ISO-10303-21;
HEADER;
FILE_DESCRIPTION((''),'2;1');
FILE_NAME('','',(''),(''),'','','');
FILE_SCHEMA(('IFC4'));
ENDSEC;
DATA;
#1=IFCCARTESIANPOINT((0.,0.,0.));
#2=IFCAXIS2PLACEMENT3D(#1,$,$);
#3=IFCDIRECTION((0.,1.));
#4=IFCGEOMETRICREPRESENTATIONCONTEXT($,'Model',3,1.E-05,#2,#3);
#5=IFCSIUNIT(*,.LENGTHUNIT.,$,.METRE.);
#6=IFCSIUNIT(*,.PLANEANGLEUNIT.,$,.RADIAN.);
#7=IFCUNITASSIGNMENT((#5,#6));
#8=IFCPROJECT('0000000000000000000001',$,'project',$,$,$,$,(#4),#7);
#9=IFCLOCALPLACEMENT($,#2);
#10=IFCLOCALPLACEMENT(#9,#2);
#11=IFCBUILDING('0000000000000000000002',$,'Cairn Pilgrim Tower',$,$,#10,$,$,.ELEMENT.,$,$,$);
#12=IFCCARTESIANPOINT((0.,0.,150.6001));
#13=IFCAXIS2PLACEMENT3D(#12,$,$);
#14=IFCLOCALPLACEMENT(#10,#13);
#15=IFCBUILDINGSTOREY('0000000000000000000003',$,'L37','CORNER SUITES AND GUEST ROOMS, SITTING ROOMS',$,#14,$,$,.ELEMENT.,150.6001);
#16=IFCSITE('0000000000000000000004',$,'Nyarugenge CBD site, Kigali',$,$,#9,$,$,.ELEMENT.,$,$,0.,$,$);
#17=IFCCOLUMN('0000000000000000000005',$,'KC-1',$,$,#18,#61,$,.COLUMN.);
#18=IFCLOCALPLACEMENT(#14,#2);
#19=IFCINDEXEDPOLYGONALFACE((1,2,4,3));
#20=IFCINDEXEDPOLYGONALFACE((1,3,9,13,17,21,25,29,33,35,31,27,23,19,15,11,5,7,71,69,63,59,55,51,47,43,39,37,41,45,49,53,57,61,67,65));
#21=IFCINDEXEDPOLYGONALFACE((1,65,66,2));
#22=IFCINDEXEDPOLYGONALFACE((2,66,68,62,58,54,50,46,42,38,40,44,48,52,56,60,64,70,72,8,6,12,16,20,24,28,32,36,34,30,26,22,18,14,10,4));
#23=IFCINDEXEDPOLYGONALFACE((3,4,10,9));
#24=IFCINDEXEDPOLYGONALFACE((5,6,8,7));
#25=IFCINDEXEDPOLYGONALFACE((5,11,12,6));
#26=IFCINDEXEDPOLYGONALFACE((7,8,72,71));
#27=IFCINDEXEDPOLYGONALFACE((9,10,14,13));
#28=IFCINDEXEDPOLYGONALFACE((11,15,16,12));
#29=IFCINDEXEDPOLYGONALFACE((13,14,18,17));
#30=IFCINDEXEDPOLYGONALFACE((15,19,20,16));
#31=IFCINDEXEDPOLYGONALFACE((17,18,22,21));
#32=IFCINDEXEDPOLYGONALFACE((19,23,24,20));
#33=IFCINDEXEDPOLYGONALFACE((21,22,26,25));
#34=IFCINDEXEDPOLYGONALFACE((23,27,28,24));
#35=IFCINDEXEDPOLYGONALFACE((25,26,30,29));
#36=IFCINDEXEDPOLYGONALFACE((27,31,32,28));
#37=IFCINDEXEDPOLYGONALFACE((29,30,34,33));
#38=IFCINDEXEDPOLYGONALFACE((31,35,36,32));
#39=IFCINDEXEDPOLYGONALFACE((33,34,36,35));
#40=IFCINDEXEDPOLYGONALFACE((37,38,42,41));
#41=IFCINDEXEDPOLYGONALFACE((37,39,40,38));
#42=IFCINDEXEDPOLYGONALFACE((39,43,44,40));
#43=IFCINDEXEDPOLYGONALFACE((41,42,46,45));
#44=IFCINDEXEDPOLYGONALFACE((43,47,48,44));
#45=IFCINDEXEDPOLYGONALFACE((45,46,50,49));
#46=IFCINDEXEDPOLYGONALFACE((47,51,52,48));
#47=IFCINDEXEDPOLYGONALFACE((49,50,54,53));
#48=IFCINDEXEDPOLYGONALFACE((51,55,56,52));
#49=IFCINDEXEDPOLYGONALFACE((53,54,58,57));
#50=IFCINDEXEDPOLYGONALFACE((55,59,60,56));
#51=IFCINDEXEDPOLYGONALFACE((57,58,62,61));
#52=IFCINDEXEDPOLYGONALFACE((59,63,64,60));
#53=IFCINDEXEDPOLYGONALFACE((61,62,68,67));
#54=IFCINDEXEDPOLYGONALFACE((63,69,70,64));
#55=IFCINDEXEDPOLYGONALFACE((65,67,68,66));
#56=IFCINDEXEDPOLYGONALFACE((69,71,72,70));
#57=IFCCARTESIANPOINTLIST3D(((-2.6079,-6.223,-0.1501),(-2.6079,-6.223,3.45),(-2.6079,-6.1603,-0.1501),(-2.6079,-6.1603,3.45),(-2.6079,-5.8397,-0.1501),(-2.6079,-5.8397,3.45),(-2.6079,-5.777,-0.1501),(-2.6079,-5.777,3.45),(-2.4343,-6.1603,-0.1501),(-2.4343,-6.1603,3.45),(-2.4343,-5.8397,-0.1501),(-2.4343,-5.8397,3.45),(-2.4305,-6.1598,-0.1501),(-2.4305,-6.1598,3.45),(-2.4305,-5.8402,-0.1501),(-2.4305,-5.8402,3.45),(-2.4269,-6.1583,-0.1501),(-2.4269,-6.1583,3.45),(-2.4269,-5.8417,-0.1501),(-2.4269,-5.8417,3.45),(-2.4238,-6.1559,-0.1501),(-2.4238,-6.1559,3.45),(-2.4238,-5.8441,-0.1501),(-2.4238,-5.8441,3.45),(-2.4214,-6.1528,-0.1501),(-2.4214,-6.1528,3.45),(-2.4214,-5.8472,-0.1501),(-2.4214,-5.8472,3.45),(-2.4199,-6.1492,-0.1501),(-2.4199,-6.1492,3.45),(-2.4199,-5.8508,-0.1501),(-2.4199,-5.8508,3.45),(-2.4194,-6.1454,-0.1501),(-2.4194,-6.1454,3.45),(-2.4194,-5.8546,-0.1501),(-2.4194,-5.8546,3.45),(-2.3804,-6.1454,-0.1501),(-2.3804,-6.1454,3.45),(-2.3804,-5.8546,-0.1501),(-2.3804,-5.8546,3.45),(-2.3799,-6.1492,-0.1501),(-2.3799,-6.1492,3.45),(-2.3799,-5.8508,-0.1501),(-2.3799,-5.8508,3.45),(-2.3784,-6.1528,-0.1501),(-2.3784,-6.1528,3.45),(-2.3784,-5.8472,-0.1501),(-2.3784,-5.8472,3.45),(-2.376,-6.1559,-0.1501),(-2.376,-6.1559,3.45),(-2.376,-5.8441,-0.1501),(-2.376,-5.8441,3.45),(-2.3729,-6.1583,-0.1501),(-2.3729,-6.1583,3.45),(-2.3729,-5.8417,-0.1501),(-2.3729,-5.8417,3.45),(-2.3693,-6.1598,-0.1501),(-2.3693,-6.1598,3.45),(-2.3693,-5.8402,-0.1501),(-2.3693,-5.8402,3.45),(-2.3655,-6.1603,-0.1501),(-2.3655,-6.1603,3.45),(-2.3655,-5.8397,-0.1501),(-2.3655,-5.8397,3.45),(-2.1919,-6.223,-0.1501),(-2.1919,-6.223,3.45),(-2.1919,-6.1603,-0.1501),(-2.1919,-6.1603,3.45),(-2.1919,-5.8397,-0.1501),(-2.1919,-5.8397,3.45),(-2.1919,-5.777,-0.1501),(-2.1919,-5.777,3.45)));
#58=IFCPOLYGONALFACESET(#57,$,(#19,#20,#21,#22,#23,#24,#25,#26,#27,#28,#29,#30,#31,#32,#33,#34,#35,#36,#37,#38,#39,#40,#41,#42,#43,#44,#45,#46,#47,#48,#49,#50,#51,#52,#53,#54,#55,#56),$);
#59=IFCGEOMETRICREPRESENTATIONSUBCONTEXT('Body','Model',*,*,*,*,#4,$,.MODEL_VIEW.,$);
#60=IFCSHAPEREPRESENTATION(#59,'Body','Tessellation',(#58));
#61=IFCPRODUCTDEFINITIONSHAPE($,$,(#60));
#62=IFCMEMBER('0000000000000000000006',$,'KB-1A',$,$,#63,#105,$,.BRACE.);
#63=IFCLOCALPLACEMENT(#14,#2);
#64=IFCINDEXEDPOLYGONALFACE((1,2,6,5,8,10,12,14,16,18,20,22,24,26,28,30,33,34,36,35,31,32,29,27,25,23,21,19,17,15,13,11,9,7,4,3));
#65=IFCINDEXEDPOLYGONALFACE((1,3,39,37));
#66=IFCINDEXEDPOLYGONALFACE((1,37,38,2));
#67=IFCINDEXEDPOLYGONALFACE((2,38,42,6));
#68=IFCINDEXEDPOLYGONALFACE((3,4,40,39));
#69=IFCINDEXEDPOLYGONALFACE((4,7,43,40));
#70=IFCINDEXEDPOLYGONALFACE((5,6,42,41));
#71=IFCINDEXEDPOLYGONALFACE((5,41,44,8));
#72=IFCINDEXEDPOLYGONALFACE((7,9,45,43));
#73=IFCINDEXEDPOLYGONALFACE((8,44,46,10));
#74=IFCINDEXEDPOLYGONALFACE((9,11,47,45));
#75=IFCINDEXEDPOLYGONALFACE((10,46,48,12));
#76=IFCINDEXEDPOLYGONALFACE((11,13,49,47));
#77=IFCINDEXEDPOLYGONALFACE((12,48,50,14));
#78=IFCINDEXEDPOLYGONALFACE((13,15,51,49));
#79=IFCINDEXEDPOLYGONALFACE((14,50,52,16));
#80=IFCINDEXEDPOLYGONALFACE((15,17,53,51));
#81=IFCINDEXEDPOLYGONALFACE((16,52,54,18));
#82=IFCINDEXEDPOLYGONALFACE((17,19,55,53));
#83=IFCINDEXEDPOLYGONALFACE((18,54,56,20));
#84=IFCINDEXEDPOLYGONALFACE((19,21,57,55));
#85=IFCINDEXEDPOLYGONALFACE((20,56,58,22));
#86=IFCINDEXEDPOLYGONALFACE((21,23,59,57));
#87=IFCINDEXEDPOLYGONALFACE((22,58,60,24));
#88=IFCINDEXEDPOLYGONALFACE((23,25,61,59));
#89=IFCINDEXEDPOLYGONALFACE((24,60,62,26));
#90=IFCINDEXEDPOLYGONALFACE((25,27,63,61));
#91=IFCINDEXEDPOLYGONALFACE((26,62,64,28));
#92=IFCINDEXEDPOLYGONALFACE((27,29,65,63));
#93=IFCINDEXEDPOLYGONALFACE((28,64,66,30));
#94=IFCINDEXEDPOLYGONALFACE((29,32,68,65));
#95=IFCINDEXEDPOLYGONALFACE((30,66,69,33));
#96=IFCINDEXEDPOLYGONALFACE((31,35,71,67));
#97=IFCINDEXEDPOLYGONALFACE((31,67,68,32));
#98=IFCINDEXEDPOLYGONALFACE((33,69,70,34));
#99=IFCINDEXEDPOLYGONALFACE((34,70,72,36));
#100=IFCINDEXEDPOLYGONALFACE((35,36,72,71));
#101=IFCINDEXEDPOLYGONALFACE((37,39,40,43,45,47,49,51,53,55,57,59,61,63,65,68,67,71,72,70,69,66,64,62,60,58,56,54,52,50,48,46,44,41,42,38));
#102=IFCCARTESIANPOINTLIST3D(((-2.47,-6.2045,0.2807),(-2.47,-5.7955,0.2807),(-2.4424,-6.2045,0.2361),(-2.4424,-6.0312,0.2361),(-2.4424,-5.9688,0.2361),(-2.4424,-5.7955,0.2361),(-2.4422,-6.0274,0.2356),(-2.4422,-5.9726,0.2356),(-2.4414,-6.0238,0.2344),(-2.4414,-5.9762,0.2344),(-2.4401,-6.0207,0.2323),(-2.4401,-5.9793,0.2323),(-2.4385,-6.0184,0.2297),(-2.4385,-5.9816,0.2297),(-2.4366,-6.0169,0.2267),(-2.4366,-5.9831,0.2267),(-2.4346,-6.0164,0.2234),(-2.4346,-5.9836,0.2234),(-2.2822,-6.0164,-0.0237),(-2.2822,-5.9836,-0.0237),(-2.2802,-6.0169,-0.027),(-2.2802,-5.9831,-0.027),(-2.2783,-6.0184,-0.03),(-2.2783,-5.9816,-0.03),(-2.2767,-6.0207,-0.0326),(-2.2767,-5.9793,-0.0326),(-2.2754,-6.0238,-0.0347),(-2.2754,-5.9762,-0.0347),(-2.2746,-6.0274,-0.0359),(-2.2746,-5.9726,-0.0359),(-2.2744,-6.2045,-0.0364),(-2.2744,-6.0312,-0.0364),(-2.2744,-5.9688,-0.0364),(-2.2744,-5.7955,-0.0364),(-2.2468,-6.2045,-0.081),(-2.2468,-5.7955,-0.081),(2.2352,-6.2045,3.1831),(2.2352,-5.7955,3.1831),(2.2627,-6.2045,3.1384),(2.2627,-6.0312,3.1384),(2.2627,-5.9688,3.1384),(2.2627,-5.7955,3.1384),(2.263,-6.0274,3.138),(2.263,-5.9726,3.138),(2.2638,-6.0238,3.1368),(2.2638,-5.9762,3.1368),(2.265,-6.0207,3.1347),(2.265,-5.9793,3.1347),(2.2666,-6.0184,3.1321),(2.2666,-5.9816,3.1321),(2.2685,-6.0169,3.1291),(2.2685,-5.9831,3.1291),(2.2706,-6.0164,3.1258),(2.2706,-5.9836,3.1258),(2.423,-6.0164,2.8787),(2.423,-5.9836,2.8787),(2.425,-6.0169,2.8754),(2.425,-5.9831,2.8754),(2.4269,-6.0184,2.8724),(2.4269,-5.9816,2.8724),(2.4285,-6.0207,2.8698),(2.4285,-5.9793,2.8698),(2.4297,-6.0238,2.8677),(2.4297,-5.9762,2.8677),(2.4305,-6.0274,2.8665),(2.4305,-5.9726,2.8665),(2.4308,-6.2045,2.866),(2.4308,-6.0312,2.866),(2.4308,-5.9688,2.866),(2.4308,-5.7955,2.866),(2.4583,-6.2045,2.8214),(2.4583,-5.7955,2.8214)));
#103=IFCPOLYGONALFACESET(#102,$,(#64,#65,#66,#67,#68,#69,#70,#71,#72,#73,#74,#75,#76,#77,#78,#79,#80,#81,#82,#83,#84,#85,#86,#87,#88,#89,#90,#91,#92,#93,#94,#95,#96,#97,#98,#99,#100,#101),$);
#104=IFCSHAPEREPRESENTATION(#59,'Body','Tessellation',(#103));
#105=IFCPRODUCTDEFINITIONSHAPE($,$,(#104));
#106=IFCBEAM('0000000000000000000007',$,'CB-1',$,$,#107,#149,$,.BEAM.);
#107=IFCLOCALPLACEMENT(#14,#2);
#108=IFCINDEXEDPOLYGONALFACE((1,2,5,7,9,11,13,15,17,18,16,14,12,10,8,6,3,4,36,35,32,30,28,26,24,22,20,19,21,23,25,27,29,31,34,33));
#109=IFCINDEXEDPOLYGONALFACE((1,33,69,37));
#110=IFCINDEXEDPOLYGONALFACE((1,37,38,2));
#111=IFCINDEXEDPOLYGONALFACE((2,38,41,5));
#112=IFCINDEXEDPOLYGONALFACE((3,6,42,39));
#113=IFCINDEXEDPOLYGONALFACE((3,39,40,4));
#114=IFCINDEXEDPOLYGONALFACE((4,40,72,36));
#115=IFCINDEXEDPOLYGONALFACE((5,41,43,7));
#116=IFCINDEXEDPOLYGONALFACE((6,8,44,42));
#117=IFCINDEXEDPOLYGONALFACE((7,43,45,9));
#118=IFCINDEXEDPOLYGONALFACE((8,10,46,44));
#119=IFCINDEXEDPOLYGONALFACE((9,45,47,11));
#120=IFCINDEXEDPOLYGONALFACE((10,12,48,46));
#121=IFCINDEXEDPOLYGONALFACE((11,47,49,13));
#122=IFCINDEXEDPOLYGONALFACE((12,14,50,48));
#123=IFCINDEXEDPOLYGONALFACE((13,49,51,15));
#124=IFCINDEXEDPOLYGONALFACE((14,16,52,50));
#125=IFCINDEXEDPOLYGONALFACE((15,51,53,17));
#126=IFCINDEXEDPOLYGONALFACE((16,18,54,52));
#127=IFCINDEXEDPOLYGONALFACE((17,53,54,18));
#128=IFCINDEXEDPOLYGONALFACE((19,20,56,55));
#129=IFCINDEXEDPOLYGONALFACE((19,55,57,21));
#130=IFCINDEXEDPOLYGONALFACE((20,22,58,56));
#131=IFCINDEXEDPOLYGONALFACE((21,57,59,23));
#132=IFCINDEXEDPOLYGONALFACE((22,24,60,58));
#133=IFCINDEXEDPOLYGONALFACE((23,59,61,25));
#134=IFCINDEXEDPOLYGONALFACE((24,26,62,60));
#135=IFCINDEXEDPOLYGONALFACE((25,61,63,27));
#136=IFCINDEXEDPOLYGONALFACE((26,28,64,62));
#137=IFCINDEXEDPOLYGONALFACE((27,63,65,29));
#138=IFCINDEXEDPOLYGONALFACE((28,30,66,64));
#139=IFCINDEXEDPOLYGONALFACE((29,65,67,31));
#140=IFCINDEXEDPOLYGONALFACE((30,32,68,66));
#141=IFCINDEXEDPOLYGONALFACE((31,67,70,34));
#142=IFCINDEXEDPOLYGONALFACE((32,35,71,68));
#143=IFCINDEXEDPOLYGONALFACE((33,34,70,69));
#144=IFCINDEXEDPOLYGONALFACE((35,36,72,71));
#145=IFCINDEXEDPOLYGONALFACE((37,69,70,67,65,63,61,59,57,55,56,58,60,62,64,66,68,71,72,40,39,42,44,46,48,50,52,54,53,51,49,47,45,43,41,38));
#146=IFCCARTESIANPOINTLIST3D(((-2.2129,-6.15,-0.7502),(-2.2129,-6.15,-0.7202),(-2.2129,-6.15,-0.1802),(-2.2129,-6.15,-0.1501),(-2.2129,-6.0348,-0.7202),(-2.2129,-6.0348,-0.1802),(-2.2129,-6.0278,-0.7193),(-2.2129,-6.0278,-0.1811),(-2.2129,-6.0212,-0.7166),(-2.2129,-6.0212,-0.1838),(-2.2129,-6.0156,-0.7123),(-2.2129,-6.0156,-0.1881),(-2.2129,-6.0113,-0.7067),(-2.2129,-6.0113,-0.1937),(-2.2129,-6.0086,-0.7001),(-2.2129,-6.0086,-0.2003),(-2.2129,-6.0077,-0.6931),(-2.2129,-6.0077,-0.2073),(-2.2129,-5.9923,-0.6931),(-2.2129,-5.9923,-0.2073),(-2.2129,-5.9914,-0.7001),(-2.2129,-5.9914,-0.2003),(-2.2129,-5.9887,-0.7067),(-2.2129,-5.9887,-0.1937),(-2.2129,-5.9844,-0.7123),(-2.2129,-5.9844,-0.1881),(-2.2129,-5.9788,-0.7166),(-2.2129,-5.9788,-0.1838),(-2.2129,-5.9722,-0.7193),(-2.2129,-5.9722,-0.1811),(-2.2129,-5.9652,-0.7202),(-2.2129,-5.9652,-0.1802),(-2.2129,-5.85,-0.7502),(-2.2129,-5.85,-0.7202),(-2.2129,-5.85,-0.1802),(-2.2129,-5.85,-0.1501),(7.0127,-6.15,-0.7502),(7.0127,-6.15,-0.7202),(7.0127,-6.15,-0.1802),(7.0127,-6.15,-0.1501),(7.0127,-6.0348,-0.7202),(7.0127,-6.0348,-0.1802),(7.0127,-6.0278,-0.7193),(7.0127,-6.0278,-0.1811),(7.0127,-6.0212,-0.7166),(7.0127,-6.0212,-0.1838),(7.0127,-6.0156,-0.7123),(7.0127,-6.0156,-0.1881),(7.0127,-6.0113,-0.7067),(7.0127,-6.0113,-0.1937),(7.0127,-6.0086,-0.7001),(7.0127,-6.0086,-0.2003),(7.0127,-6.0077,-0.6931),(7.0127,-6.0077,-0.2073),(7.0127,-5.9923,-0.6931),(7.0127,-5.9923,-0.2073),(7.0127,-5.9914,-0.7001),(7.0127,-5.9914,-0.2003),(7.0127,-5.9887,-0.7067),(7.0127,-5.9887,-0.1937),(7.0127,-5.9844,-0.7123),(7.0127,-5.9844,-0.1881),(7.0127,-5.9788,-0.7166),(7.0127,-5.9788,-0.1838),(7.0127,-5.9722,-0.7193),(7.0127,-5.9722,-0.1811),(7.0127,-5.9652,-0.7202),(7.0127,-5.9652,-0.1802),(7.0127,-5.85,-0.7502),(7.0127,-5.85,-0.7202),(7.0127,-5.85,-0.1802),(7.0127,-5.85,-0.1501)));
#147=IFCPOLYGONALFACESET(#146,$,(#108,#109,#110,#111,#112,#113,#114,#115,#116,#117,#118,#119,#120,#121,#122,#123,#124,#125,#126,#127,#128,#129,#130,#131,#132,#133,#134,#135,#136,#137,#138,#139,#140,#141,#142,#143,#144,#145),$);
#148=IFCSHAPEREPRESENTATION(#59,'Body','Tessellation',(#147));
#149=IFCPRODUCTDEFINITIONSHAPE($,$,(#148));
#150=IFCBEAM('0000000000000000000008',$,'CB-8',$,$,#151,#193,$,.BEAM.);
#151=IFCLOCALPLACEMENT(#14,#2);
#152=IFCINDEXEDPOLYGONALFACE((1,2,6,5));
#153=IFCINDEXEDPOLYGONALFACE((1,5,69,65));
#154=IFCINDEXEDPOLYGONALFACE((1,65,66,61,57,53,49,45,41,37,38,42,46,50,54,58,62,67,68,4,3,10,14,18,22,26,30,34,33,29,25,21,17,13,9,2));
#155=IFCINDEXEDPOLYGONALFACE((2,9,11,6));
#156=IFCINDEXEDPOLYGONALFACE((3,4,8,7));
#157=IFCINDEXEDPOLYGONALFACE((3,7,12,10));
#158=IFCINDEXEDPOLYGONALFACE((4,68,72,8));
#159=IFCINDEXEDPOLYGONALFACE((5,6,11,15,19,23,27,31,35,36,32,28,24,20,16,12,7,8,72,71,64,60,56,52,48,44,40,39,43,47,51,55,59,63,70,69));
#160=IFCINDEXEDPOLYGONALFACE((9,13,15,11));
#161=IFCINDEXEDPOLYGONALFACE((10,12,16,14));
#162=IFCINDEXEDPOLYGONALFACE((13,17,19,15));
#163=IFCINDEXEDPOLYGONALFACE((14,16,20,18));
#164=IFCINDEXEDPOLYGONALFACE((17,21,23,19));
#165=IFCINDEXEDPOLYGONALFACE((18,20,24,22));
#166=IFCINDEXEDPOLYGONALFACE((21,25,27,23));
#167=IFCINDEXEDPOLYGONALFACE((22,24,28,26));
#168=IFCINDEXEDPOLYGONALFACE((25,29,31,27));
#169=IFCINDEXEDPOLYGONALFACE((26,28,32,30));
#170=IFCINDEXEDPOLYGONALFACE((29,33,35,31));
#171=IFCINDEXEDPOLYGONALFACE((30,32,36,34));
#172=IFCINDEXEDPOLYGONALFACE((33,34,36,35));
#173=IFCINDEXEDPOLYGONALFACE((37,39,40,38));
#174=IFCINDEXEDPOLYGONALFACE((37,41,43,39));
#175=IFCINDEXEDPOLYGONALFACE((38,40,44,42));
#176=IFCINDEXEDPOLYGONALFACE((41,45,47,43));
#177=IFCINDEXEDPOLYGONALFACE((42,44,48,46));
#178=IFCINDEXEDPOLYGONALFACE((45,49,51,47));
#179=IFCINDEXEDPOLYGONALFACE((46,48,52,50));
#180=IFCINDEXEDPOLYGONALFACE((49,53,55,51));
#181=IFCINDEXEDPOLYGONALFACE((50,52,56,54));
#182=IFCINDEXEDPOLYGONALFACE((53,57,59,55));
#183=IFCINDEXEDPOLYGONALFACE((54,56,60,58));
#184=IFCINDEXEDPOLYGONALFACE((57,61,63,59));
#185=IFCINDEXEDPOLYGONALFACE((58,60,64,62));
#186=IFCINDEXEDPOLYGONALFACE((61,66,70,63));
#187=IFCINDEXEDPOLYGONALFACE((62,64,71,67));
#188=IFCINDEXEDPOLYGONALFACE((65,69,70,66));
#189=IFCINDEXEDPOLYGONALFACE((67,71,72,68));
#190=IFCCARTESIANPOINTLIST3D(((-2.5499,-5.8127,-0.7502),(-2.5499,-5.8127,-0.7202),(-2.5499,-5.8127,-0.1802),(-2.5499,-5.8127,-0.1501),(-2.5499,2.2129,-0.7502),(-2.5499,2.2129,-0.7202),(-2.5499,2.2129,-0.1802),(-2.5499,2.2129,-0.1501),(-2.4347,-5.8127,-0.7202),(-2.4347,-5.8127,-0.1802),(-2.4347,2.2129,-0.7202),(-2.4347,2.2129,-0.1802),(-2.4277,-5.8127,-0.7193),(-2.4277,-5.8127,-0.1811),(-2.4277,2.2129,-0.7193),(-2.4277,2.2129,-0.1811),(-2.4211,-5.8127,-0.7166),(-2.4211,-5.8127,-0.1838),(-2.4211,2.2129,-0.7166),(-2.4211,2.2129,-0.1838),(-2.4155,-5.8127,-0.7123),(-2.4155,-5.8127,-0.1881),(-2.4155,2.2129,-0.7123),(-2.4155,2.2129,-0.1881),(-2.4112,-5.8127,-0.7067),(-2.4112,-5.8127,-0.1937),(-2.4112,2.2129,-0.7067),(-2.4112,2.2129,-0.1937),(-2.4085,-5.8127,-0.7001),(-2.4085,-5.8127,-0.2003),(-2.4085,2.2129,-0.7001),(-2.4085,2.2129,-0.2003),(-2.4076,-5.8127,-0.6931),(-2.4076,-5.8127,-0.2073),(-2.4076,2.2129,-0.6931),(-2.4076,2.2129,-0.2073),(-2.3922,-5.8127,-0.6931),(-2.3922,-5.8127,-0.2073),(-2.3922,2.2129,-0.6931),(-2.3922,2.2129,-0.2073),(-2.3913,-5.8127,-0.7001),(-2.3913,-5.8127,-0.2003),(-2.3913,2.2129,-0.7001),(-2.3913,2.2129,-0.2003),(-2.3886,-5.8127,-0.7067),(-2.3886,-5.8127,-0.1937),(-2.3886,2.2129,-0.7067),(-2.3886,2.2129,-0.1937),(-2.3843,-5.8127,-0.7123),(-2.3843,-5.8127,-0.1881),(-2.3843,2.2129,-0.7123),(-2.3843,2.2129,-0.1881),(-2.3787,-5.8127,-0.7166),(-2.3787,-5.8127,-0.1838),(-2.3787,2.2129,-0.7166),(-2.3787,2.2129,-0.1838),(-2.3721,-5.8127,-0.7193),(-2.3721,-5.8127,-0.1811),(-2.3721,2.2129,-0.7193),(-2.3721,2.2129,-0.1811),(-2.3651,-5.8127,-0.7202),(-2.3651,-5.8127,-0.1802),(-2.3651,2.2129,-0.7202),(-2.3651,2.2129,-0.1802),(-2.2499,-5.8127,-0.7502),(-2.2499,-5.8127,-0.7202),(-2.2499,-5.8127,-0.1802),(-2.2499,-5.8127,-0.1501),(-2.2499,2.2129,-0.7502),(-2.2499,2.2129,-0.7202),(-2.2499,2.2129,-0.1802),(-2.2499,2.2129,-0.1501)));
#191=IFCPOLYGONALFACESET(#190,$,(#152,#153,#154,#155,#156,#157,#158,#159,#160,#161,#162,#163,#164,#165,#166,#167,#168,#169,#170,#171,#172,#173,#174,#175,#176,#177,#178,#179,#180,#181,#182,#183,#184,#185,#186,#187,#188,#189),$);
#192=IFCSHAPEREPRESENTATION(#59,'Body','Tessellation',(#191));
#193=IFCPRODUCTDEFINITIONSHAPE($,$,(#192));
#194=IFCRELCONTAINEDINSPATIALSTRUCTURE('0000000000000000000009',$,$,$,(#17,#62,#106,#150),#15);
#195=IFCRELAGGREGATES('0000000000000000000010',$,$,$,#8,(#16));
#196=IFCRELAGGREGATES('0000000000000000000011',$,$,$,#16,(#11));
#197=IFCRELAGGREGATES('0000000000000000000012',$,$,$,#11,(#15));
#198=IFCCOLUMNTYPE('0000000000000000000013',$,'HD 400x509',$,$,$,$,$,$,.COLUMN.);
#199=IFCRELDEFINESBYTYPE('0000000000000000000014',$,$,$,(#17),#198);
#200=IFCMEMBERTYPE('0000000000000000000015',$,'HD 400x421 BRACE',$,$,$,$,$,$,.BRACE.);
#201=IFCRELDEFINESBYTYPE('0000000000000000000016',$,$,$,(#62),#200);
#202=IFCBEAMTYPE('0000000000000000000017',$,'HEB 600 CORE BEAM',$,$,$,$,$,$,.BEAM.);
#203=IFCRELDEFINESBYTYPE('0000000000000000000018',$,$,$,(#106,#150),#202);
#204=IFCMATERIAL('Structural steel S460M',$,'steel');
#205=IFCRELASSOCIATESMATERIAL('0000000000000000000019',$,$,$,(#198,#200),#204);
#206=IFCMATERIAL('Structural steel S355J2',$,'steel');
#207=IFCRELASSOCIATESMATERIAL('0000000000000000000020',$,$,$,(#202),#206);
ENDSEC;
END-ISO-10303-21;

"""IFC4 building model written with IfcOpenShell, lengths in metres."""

from ifc_helpers import new_model, si_unit, direction, frame, origin, origin_2d, place, context, subcontext, project, spatial, i_section, extrude, material, material_profile, profile_set, type_object, element, save


model = new_model("IFC4")

# Units and contexts
model_context = context("Model", 3, precision=1e-05, world=origin(), true_north=direction((0.0, 1.0)))
body_context = subcontext(model_context, "Body", "Model", "MODEL_VIEW")
ifc_project = project(units=[si_unit("LENGTHUNIT", "METRE"), si_unit("PLANEANGLEUNIT", "RADIAN")], contexts=[model_context])

# Site, building, storey
site_placement = place(None, origin())
site = spatial("IfcSite", under=ifc_project, at=site_placement, Name="Nyarugenge CBD site, Kigali", CompositionType="ELEMENT", RefElevation=0.0)
building_placement = place(site_placement, origin())
building = spatial("IfcBuilding", under=site, at=building_placement, Name="Cairn Pilgrim Tower", CompositionType="ELEMENT")
storey_placement = place(building_placement, frame((0.0, 0.0, 150.6001)))
storey = spatial("IfcBuildingStorey", under=building, at=storey_placement, Name="L37", Description="CORNER SUITES AND GUEST ROOMS, SITTING ROOMS", CompositionType="ELEMENT", Elevation=150.6001)

# Column
ifc_material_1 = material(Name="Structural steel S460M", Category="steel")
ifc_material_profile_1 = material_profile(ifc_material_1, i_section(OverallWidth=0.416, OverallDepth=0.446, WebThickness=0.0391, FlangeThickness=0.0627, FilletRadius=0.0149, at=origin_2d()), Name="HD 400x509")
ifc_profile_set_1 = profile_set([ifc_material_profile_1], Name="Structural steel S460M")
column_type = type_object("IfcColumnType", Name="HD 400x509", PredefinedType="COLUMN", material=ifc_profile_set_1)
column_placement = place(storey_placement, frame((-2.3999, -6.0, -0.1501), z_axis=(0.0, 0.0, 1.0), x_axis=(1.0, 0.0, 0.0)))
element("IfcColumn", 1, at=column_placement, inside=storey, type_object=column_type, Name="KC-1", PredefinedType="COLUMN", context=body_context, shape_type="SweptSolid", body=[
    extrude(i_section(OverallWidth=0.416, OverallDepth=0.446, WebThickness=0.0391, FlangeThickness=0.0627, FilletRadius=0.0149, at=origin_2d()), origin(), (0.0, 0.0, 1.0), 3.6001),
])

# Member
ifc_material_profile_2 = material_profile(ifc_material_1, i_section(OverallWidth=0.4089, OverallDepth=0.425, WebThickness=0.0327, FlangeThickness=0.0525, FilletRadius=0.0149, at=origin_2d()), Name="HD 400x421")
ifc_profile_set_2 = profile_set([ifc_material_profile_2], Name="Structural steel S460M")
member_type = type_object("IfcMemberType", Name="HD 400x421 BRACE", PredefinedType="BRACE", material=ifc_profile_set_2)
member_placement = place(storey_placement, frame((-2.3584, -6.0, 0.0999), z_axis=(0.8511, 0.0, 0.525004), x_axis=(0.0, 1.0, 0.0)))
element("IfcMember", 2, at=member_placement, inside=storey, type_object=member_type, Name="KB-1A", PredefinedType="BRACE", context=body_context, shape_type="SweptSolid", body=[
    extrude(i_section(OverallWidth=0.4089, OverallDepth=0.425, WebThickness=0.0327, FlangeThickness=0.0525, FilletRadius=0.0149, at=origin_2d()), origin(), (0.0, 0.0, 1.0), 5.5283),
])

# Beams
ifc_material_2 = material(Name="Structural steel S355J2", Category="steel")
ifc_material_profile_3 = material_profile(ifc_material_2, i_section(OverallWidth=0.3, OverallDepth=0.6001, WebThickness=0.0154, FlangeThickness=0.03, FilletRadius=0.0271, at=origin_2d()), Name="HEB 600")
ifc_profile_set_3 = profile_set([ifc_material_profile_3], Name="Structural steel S355J2")
beam_type_1 = type_object("IfcBeamType", Name="HEB 600 CORE BEAM", PredefinedType="BEAM", material=ifc_profile_set_3)
beam_1_placement = place(storey_placement, frame((-2.2129, -6.0, -0.4502), z_axis=(1.0, 0.0, 0.0), x_axis=(0.0, 1.0, 0.0)))
element("IfcBeam", 3, at=beam_1_placement, inside=storey, type_object=beam_type_1, Name="CB-1", PredefinedType="BEAM", context=body_context, shape_type="SweptSolid", body=[
    extrude(i_section(OverallWidth=0.3, OverallDepth=0.6001, WebThickness=0.0154, FlangeThickness=0.03, FilletRadius=0.0271, at=origin_2d()), origin(), (0.0, 0.0, 1.0), 9.2256),
])
beam_2_placement = place(storey_placement, frame((-2.3999, 2.2129, -0.4502), z_axis=(0.0, -1.0, 0.0), x_axis=(1.0, 0.0, 0.0)))
element("IfcBeam", 4, at=beam_2_placement, inside=storey, type_object=beam_type_1, Name="CB-8", PredefinedType="BEAM", context=body_context, shape_type="SweptSolid", body=[
    extrude(i_section(OverallWidth=0.3, OverallDepth=0.6001, WebThickness=0.0154, FlangeThickness=0.03, FilletRadius=0.0271, at=origin_2d()), origin(), (0.0, 0.0, 1.0), 8.0256),
])

save(model, "model.ifc")
